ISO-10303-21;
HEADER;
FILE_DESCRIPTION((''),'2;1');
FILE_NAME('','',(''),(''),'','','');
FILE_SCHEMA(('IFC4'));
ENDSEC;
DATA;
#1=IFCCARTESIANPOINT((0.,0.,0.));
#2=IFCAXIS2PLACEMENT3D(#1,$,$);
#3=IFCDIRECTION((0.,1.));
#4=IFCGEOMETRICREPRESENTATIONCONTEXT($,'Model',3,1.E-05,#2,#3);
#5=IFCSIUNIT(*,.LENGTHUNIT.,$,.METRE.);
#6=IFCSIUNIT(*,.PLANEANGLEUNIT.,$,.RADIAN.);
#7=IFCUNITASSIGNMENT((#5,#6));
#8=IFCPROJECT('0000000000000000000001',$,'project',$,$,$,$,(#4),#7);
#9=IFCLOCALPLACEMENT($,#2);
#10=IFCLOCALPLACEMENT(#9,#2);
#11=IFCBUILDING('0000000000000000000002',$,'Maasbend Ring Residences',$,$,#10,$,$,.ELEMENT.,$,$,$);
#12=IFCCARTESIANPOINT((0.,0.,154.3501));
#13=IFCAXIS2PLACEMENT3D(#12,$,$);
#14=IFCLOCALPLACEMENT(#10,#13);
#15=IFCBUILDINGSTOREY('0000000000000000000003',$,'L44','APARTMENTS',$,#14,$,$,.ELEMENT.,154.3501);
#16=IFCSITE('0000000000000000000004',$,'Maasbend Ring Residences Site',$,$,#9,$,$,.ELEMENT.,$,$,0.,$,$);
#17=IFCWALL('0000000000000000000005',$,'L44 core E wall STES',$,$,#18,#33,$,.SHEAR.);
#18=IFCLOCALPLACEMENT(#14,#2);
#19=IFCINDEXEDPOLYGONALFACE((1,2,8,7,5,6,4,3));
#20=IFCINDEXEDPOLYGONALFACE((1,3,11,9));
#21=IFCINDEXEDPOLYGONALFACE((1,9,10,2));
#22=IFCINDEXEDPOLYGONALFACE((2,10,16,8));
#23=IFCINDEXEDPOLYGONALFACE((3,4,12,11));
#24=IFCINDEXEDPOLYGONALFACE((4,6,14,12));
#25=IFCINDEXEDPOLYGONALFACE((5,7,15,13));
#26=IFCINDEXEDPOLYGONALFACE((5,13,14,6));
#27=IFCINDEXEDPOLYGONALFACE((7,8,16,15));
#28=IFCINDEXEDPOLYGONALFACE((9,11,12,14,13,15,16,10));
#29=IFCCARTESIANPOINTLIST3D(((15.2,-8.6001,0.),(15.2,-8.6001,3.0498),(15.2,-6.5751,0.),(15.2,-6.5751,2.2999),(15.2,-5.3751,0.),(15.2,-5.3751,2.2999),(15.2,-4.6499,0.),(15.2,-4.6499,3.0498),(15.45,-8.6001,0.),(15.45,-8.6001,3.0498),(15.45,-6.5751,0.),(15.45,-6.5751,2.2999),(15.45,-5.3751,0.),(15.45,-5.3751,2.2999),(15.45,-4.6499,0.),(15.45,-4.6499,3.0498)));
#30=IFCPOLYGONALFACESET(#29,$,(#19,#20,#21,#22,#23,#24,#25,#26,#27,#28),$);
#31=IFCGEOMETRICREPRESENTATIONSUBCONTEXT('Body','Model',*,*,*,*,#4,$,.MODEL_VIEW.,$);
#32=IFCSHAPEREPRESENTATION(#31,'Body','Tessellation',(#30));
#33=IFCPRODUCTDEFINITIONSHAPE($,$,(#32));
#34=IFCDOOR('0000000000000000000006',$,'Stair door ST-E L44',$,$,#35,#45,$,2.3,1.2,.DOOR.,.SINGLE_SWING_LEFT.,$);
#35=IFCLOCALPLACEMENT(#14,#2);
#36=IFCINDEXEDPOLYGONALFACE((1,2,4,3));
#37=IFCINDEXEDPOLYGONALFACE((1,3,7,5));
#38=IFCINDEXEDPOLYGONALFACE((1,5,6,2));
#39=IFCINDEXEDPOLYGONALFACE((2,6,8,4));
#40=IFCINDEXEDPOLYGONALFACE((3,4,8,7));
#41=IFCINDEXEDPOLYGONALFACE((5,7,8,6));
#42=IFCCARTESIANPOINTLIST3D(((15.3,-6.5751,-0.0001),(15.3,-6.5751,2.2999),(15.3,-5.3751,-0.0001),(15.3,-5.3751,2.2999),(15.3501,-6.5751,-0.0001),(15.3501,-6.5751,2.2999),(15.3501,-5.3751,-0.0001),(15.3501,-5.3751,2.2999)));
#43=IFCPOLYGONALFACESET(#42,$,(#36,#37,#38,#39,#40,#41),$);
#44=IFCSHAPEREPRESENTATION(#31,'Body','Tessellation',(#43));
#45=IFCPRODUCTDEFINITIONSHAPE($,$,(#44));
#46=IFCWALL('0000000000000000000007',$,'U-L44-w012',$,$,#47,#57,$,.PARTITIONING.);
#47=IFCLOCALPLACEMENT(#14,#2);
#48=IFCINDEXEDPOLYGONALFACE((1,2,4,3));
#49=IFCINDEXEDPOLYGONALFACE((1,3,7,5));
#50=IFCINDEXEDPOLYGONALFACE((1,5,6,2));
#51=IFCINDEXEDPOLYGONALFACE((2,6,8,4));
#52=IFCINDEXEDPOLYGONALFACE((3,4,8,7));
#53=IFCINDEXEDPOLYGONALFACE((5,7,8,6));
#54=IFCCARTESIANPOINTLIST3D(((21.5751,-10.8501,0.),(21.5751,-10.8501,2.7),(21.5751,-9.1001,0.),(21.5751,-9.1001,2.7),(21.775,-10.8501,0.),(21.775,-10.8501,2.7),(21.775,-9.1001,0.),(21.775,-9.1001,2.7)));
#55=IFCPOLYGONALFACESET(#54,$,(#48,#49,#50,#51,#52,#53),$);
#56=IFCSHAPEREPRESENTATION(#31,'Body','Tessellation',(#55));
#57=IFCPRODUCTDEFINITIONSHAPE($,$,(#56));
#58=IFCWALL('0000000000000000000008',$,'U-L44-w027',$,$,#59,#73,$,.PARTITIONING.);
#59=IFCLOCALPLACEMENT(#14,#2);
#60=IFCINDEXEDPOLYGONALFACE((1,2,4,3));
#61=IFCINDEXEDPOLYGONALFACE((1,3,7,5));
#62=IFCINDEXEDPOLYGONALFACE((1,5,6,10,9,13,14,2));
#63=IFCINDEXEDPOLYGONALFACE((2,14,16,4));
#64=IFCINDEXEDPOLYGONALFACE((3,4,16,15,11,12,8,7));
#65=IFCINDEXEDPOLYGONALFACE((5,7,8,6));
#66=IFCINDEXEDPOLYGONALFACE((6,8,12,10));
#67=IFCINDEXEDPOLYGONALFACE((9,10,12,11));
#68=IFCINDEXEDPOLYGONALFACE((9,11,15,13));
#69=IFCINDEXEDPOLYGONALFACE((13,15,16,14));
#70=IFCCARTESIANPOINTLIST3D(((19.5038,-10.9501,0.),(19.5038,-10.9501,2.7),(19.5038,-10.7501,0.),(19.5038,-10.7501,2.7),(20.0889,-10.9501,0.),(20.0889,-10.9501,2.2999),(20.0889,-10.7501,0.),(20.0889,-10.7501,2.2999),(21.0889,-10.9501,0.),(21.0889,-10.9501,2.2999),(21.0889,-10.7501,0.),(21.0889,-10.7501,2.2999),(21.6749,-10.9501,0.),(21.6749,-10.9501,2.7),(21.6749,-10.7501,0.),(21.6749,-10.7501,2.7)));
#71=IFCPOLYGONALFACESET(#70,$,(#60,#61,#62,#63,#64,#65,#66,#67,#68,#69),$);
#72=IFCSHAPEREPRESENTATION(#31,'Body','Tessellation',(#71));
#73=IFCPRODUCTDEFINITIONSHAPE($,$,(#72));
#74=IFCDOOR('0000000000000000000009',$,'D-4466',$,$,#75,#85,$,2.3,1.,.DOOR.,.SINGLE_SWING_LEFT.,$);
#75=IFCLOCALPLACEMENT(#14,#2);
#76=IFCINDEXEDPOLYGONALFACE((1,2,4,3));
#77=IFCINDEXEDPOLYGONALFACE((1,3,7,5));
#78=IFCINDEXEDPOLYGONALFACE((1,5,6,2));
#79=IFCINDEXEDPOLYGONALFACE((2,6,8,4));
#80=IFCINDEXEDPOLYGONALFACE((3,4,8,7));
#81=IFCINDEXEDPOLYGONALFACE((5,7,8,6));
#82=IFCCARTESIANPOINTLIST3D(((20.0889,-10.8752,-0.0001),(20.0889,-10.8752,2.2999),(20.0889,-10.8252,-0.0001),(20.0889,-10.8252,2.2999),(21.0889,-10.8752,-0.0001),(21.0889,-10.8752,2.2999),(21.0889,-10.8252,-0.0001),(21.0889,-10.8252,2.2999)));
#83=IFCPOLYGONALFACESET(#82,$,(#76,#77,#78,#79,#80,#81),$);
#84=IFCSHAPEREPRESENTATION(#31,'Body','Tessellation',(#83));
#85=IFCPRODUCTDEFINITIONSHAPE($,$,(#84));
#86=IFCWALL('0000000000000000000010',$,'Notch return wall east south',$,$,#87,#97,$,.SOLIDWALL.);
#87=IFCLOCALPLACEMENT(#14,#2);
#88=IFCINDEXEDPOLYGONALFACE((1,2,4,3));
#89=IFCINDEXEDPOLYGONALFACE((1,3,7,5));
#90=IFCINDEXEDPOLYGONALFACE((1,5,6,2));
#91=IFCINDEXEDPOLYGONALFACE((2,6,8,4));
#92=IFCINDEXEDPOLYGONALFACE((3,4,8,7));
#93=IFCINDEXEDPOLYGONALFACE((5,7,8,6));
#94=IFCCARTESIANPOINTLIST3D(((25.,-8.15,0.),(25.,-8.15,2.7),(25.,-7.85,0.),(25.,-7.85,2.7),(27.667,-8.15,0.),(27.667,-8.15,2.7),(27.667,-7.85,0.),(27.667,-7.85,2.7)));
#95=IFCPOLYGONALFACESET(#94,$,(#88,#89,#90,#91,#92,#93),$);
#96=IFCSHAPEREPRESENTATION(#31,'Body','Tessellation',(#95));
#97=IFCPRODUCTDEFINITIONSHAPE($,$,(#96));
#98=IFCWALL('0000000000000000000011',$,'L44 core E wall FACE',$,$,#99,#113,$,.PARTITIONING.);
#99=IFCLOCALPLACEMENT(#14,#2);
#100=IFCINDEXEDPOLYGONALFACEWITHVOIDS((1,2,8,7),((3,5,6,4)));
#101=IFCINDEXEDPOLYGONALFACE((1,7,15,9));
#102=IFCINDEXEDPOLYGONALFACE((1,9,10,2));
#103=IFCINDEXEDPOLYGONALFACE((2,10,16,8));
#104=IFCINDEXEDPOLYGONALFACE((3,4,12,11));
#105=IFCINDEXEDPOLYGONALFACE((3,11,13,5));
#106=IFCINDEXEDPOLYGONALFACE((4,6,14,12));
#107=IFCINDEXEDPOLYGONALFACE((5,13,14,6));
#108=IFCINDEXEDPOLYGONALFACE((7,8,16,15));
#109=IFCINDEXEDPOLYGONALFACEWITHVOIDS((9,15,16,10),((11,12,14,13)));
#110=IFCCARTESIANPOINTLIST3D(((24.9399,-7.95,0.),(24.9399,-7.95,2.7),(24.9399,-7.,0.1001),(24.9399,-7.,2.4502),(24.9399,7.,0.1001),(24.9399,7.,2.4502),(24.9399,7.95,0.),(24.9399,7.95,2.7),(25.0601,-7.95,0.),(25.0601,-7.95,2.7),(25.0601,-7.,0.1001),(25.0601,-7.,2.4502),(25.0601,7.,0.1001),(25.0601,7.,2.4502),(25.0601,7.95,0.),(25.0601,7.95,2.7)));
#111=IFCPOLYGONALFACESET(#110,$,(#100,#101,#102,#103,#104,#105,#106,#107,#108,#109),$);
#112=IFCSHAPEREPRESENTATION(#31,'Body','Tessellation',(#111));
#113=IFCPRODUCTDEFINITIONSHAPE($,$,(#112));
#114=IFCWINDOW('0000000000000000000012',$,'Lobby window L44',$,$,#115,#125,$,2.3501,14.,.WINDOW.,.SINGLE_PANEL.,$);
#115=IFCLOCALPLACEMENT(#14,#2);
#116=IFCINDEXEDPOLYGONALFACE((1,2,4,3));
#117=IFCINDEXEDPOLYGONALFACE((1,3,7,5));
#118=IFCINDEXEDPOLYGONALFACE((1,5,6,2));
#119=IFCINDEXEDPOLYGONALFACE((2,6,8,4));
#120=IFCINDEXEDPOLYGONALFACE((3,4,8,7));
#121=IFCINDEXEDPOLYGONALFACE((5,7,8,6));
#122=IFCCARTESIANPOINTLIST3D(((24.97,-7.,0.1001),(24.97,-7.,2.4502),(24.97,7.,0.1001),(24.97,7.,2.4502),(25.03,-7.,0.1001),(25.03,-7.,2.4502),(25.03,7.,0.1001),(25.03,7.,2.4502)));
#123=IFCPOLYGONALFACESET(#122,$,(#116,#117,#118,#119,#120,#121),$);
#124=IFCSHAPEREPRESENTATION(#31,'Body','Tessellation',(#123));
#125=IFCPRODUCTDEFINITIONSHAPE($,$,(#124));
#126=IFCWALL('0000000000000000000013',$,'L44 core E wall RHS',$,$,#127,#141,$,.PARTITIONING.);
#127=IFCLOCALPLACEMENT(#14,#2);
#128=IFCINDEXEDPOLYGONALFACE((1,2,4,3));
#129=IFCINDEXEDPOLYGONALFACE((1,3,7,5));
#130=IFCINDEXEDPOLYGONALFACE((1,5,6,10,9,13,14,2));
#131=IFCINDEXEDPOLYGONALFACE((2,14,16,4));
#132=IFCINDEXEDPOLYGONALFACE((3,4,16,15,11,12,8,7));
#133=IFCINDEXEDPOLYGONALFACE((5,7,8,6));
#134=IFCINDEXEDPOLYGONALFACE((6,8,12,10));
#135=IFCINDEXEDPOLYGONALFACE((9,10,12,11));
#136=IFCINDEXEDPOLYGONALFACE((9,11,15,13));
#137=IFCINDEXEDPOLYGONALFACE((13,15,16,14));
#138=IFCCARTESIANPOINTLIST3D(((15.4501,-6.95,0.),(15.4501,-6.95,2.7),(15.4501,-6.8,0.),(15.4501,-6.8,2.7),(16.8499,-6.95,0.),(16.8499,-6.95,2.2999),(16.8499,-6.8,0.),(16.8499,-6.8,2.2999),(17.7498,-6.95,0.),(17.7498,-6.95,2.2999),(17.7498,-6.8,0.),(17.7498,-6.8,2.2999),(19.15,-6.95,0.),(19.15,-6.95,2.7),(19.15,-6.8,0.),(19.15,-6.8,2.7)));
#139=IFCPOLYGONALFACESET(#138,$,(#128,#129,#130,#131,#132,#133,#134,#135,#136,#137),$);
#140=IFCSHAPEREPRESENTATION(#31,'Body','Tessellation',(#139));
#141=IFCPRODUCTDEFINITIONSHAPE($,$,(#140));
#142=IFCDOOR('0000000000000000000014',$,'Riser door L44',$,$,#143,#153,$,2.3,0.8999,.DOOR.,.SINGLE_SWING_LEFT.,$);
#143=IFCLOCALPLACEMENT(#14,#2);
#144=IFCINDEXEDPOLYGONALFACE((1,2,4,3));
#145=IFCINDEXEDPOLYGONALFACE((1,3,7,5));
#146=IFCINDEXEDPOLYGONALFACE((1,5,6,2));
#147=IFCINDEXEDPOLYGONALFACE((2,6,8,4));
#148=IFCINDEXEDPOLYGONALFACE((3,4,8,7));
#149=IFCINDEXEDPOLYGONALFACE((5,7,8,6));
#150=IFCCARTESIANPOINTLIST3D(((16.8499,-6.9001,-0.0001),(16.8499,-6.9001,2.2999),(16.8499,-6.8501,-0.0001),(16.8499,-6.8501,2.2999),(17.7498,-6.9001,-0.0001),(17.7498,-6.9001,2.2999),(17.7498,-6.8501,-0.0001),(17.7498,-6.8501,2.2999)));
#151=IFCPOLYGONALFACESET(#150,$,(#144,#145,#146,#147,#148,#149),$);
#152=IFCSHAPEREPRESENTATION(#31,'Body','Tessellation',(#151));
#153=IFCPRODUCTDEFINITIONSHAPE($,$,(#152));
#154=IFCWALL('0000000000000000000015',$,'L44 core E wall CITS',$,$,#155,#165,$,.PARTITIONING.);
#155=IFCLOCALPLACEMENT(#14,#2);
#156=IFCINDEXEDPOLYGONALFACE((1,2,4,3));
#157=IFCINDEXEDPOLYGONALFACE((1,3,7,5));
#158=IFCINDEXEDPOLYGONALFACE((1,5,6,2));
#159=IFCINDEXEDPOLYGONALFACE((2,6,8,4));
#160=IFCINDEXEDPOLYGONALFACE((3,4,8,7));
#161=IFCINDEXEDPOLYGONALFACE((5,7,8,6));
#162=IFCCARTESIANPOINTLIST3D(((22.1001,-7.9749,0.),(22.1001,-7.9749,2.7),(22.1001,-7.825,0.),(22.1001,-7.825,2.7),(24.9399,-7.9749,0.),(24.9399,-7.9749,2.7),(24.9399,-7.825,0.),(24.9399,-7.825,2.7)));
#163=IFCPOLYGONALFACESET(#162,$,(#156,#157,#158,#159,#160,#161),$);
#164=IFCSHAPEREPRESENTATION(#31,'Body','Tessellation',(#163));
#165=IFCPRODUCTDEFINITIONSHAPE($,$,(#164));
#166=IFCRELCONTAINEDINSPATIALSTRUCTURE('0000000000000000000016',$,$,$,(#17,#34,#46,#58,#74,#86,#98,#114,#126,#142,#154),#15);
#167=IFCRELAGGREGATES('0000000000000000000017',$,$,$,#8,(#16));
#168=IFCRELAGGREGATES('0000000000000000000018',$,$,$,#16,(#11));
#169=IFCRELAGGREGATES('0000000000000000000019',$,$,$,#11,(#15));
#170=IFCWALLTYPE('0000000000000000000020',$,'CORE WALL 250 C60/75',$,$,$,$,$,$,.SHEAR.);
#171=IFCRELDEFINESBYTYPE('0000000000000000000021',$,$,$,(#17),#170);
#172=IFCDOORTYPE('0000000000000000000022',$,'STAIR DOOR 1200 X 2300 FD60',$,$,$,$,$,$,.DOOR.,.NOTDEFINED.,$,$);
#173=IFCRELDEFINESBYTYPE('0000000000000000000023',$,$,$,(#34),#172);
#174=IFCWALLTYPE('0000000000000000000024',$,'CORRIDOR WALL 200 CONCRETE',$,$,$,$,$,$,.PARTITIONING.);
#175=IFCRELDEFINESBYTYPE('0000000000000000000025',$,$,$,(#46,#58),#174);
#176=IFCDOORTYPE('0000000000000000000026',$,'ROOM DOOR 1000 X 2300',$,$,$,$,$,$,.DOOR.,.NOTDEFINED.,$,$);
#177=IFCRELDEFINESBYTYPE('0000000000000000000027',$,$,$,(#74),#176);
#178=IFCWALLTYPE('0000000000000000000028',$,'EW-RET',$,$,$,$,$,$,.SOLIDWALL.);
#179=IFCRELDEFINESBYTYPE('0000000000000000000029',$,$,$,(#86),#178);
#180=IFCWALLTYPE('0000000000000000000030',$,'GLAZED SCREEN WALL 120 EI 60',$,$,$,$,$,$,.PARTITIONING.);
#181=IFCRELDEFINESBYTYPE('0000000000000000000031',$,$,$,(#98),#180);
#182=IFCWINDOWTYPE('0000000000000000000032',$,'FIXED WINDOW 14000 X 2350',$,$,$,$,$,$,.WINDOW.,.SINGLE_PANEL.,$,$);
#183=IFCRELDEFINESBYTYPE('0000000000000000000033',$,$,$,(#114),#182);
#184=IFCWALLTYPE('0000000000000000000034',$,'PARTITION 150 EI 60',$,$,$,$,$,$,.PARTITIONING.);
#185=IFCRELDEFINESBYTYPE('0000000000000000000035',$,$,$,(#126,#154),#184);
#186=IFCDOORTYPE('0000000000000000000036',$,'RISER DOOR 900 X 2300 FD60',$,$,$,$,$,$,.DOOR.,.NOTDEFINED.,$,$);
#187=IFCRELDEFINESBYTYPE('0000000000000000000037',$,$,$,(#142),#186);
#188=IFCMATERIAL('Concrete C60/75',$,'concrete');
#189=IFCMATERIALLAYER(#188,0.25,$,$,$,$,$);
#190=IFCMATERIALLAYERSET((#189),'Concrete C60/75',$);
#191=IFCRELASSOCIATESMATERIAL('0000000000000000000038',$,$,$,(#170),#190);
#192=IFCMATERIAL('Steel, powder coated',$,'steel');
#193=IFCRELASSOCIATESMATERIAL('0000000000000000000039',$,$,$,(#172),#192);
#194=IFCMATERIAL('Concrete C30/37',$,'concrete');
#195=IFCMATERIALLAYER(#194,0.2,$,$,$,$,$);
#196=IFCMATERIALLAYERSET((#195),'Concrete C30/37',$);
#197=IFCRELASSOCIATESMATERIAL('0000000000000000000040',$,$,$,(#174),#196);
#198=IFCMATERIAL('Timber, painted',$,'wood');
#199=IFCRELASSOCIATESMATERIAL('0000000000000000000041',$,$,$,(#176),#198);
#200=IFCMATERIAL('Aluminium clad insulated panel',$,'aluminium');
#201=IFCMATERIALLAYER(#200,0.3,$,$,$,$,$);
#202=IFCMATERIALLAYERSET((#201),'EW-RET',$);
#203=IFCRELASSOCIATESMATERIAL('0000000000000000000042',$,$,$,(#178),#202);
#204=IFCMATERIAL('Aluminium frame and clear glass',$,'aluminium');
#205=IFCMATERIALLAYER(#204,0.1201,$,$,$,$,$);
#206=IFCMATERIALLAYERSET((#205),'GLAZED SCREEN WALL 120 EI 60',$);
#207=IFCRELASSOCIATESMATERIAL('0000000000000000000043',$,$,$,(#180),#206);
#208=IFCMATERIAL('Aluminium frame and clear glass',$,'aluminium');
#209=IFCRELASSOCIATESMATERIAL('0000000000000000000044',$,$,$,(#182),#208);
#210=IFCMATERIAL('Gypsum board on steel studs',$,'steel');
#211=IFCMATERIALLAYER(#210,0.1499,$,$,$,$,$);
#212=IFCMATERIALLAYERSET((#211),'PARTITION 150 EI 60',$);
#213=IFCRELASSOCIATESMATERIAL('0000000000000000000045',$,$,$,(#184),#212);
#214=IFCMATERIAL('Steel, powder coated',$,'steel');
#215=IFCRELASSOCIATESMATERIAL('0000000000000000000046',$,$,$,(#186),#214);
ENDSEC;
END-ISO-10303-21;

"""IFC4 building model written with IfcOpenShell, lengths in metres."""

from ifc_helpers import new_model, si_unit, direction, frame, frame_2d, origin, place, context, subcontext, project, spatial, rectangle, extrude, material, layer, layer_set, type_object, element, fill, save


model = new_model("IFC4")

# Units and contexts
model_context = context("Model", 3, precision=1e-05, world=origin(), true_north=direction((0.0, 1.0)))
body_context = subcontext(model_context, "Body", "Model", "MODEL_VIEW")
ifc_project = project(units=[si_unit("LENGTHUNIT", "METRE"), si_unit("PLANEANGLEUNIT", "RADIAN")], contexts=[model_context])

# Site, building, storey
site_placement = place(None, origin())
site = spatial("IfcSite", under=ifc_project, at=site_placement, Name="Maasbend Ring Residences Site", CompositionType="ELEMENT", RefElevation=0.0)
building_placement = place(site_placement, origin())
building = spatial("IfcBuilding", under=site, at=building_placement, Name="Maasbend Ring Residences", CompositionType="ELEMENT")
storey_placement = place(building_placement, frame((0.0, 0.0, 154.3501)))
storey = spatial("IfcBuildingStorey", under=building, at=storey_placement, Name="L44", Description="APARTMENTS", CompositionType="ELEMENT", Elevation=154.3501)

# Shared definitions
ifc_material_1 = material(Name="Concrete C60/75", Category="concrete")
ifc_layer_1 = layer(ifc_material_1, 0.25)
ifc_layer_set_1 = layer_set([ifc_layer_1], Name="Concrete C60/75")
wall_type_1 = type_object("IfcWallType", Name="CORE WALL 250 C60/75", PredefinedType="SHEAR", material=ifc_layer_set_1)

# Wall, opening, door
wall_1_placement = place(storey_placement, frame((15.325, -8.6001, 0.0), z_axis=(0.0, 0.0, 1.0), x_axis=(0.0, 1.0, 0.0)))
wall_1 = element("IfcWall", 1, at=wall_1_placement, inside=storey, type_object=wall_type_1, Name="L44 core E wall STES", PredefinedType="SHEAR", context=body_context, shape_type="SweptSolid", body=[
    extrude(rectangle(XDim=3.9502, YDim=0.25, at=frame_2d((1.9751, 0.0))), origin(), (0.0, 0.0, 1.0), 3.0498),
])
opening_1_placement = place(wall_1_placement, frame((2.0249, 0.0, 0.0)))
opening_1 = element("IfcOpeningElement", 2, at=opening_1_placement, cuts=wall_1, PredefinedType="OPENING", context=body_context, shape_type="SweptSolid", body=[
    extrude(rectangle(XDim=1.2, YDim=2.3, at=frame_2d((0.6001, 1.1499))), frame((0.0, 0.135, 0.0), z_axis=(0.0, -1.0, 0.0), x_axis=(1.0, 0.0, 0.0)), (0.0, 0.0, 1.0), 0.27),
])
ifc_material_2 = material(Name="Steel, powder coated", Category="steel")
door_type_1 = type_object("IfcDoorType", Name="STAIR DOOR 1200 X 2300 FD60", OperationType="NOTDEFINED", PredefinedType="DOOR", material=ifc_material_2)
door_1_placement = place(opening_1_placement, origin())
door_1 = element("IfcDoor", 3, at=door_1_placement, inside=storey, type_object=door_type_1, Name="Stair door ST-E L44", OperationType="SINGLE_SWING_LEFT", OverallHeight=2.3, OverallWidth=1.2, PredefinedType="DOOR", context=body_context, shape_type="SweptSolid", body=[
    extrude(rectangle(XDim=1.2, YDim=2.3, at=frame_2d((0.6001, 1.1499))), frame((0.0, 0.0249, 0.0), z_axis=(0.0, -1.0, 0.0), x_axis=(1.0, 0.0, 0.0)), (0.0, 0.0, 1.0), 0.05),
])
fill(opening_1, door_1)

# Wall
ifc_material_3 = material(Name="Concrete C30/37", Category="concrete")
ifc_layer_2 = layer(ifc_material_3, 0.2)
ifc_layer_set_2 = layer_set([ifc_layer_2], Name="Concrete C30/37")
wall_type_2 = type_object("IfcWallType", Name="CORRIDOR WALL 200 CONCRETE", PredefinedType="PARTITIONING", material=ifc_layer_set_2)
wall_2_placement = place(storey_placement, frame((21.675, -10.8501, 0.0), z_axis=(0.0, 0.0, 1.0), x_axis=(0.0, 1.0, 0.0)))
element("IfcWall", 4, at=wall_2_placement, inside=storey, type_object=wall_type_2, Name="U-L44-w012", PredefinedType="PARTITIONING", context=body_context, shape_type="SweptSolid", body=[
    extrude(rectangle(XDim=1.75, YDim=0.2, at=frame_2d((0.875, 0.0))), origin(), (0.0, 0.0, 1.0), 2.7),
])

# Wall, opening, door
wall_3_placement = place(storey_placement, frame((19.5039, -10.8501, 0.0), z_axis=(0.0, 0.0, 1.0), x_axis=(1.0, 0.0, 0.0)))
wall_3 = element("IfcWall", 5, at=wall_3_placement, inside=storey, type_object=wall_type_2, Name="U-L44-w027", PredefinedType="PARTITIONING", context=body_context, shape_type="SweptSolid", body=[
    extrude(rectangle(XDim=2.1711, YDim=0.2, at=frame_2d((1.0854, 0.0))), origin(), (0.0, 0.0, 1.0), 2.7),
])
opening_2_placement = place(wall_3_placement, frame((0.585, 0.0, 0.0)))
opening_2 = element("IfcOpeningElement", 6, at=opening_2_placement, cuts=wall_3, PredefinedType="OPENING", context=body_context, shape_type="SweptSolid", body=[
    extrude(rectangle(XDim=1.0, YDim=2.3, at=frame_2d((0.5, 1.1499))), frame((0.0, 0.1099, 0.0), z_axis=(0.0, -1.0, 0.0), x_axis=(1.0, 0.0, 0.0)), (0.0, 0.0, 1.0), 0.22),
])
ifc_material_4 = material(Name="Timber, painted", Category="wood")
door_type_2 = type_object("IfcDoorType", Name="ROOM DOOR 1000 X 2300", OperationType="NOTDEFINED", PredefinedType="DOOR", material=ifc_material_4)
door_2_placement = place(opening_2_placement, origin())
door_2 = element("IfcDoor", 7, at=door_2_placement, inside=storey, type_object=door_type_2, Name="D-4466", OperationType="SINGLE_SWING_LEFT", OverallHeight=2.3, OverallWidth=1.0, PredefinedType="DOOR", context=body_context, shape_type="SweptSolid", body=[
    extrude(rectangle(XDim=1.0, YDim=2.3, at=frame_2d((0.5, 1.1499))), frame((0.0, 0.0249, 0.0), z_axis=(0.0, -1.0, 0.0), x_axis=(1.0, 0.0, 0.0)), (0.0, 0.0, 1.0), 0.05),
])
fill(opening_2, door_2)

# Wall
ifc_material_5 = material(Name="Aluminium clad insulated panel", Category="aluminium")
ifc_layer_3 = layer(ifc_material_5, 0.3)
ifc_layer_set_3 = layer_set([ifc_layer_3], Name="EW-RET")
wall_type_3 = type_object("IfcWallType", Name="EW-RET", PredefinedType="SOLIDWALL", material=ifc_layer_set_3)
wall_4_placement = place(storey_placement, frame((25.0, -8.0, 0.0), z_axis=(0.0, 0.0, 1.0), x_axis=(1.0, 0.0, 0.0)))
element("IfcWall", 8, at=wall_4_placement, inside=storey, type_object=wall_type_3, Name="Notch return wall east south", PredefinedType="SOLIDWALL", context=body_context, shape_type="SweptSolid", body=[
    extrude(rectangle(XDim=2.667, YDim=0.3, at=frame_2d((1.3335, 0.0))), origin(), (0.0, 0.0, 1.0), 2.7),
])

# Wall, opening, window
ifc_material_6 = material(Name="Aluminium frame and clear glass", Category="aluminium")
ifc_layer_4 = layer(ifc_material_6, 0.1201)
ifc_layer_set_4 = layer_set([ifc_layer_4], Name="GLAZED SCREEN WALL 120 EI 60")
wall_type_4 = type_object("IfcWallType", Name="GLAZED SCREEN WALL 120 EI 60", PredefinedType="PARTITIONING", material=ifc_layer_set_4)
wall_5_placement = place(storey_placement, frame((25.0, -7.95, 0.0), z_axis=(0.0, 0.0, 1.0), x_axis=(0.0, 1.0, 0.0)))
wall_5 = element("IfcWall", 9, at=wall_5_placement, inside=storey, type_object=wall_type_4, Name="L44 core E wall FACE", PredefinedType="PARTITIONING", context=body_context, shape_type="SweptSolid", body=[
    extrude(rectangle(XDim=15.8999, YDim=0.1201, at=frame_2d((7.95, 0.0))), origin(), (0.0, 0.0, 1.0), 2.7),
])
opening_3_placement = place(wall_5_placement, frame((0.95, 0.0, 0.1001)))
opening_3 = element("IfcOpeningElement", 10, at=opening_3_placement, cuts=wall_5, PredefinedType="OPENING", context=body_context, shape_type="SweptSolid", body=[
    extrude(rectangle(XDim=14.0, YDim=2.3501, at=frame_2d((7.0, 1.175))), frame((0.0, 0.0701, 0.0), z_axis=(0.0, -1.0, 0.0), x_axis=(1.0, 0.0, 0.0)), (0.0, 0.0, 1.0), 0.1401),
])
ifc_material_7 = material(Name="Aluminium frame and clear glass", Category="aluminium")
window_type = type_object("IfcWindowType", Name="FIXED WINDOW 14000 X 2350", PartitioningType="SINGLE_PANEL", PredefinedType="WINDOW", material=ifc_material_7)
window_placement = place(opening_3_placement, origin())
window = element("IfcWindow", 11, at=window_placement, inside=storey, type_object=window_type, Name="Lobby window L44", OverallHeight=2.3501, OverallWidth=14.0, PartitioningType="SINGLE_PANEL", PredefinedType="WINDOW", context=body_context, shape_type="SweptSolid", body=[
    extrude(rectangle(XDim=14.0, YDim=2.3501, at=frame_2d((7.0, 1.175))), frame((0.0, 0.03, 0.0), z_axis=(0.0, -1.0, 0.0), x_axis=(1.0, 0.0, 0.0)), (0.0, 0.0, 1.0), 0.0601),
])
fill(opening_3, window)

# Wall, opening, door
ifc_material_8 = material(Name="Gypsum board on steel studs", Category="steel")
ifc_layer_5 = layer(ifc_material_8, 0.1499)
ifc_layer_set_5 = layer_set([ifc_layer_5], Name="PARTITION 150 EI 60")
wall_type_5 = type_object("IfcWallType", Name="PARTITION 150 EI 60", PredefinedType="PARTITIONING", material=ifc_layer_set_5)
wall_6_placement = place(storey_placement, frame((15.45, -6.875, 0.0), z_axis=(0.0, 0.0, 1.0), x_axis=(1.0, 0.0, 0.0)))
wall_6 = element("IfcWall", 12, at=wall_6_placement, inside=storey, type_object=wall_type_5, Name="L44 core E wall RHS", PredefinedType="PARTITIONING", context=body_context, shape_type="SweptSolid", body=[
    extrude(rectangle(XDim=3.7, YDim=0.1499, at=frame_2d((1.8501, 0.0))), origin(), (0.0, 0.0, 1.0), 2.7),
])
opening_4_placement = place(wall_6_placement, frame((1.3999, 0.0, 0.0)))
opening_4 = element("IfcOpeningElement", 13, at=opening_4_placement, cuts=wall_6, PredefinedType="OPENING", context=body_context, shape_type="SweptSolid", body=[
    extrude(rectangle(XDim=0.8999, YDim=2.3, at=frame_2d((0.45, 1.1499))), frame((0.0, 0.085, 0.0), z_axis=(0.0, -1.0, 0.0), x_axis=(1.0, 0.0, 0.0)), (0.0, 0.0, 1.0), 0.1699),
])
ifc_material_9 = material(Name="Steel, powder coated", Category="steel")
door_type_3 = type_object("IfcDoorType", Name="RISER DOOR 900 X 2300 FD60", OperationType="NOTDEFINED", PredefinedType="DOOR", material=ifc_material_9)
door_3_placement = place(opening_4_placement, origin())
door_3 = element("IfcDoor", 14, at=door_3_placement, inside=storey, type_object=door_type_3, Name="Riser door L44", OperationType="SINGLE_SWING_LEFT", OverallHeight=2.3, OverallWidth=0.8999, PredefinedType="DOOR", context=body_context, shape_type="SweptSolid", body=[
    extrude(rectangle(XDim=0.8999, YDim=2.3, at=frame_2d((0.45, 1.1499))), frame((0.0, 0.0249, 0.0), z_axis=(0.0, -1.0, 0.0), x_axis=(1.0, 0.0, 0.0)), (0.0, 0.0, 1.0), 0.05),
])
fill(opening_4, door_3)

# Wall
wall_7_placement = place(storey_placement, frame((22.1001, -7.8999, 0.0), z_axis=(0.0, 0.0, 1.0), x_axis=(1.0, 0.0, 0.0)))
element("IfcWall", 15, at=wall_7_placement, inside=storey, type_object=wall_type_5, Name="L44 core E wall CITS", PredefinedType="PARTITIONING", context=body_context, shape_type="SweptSolid", body=[
    extrude(rectangle(XDim=2.8398, YDim=0.1499, at=frame_2d((1.4199, 0.0))), origin(), (0.0, 0.0, 1.0), 2.7),
])

save(model, "model.ifc")
